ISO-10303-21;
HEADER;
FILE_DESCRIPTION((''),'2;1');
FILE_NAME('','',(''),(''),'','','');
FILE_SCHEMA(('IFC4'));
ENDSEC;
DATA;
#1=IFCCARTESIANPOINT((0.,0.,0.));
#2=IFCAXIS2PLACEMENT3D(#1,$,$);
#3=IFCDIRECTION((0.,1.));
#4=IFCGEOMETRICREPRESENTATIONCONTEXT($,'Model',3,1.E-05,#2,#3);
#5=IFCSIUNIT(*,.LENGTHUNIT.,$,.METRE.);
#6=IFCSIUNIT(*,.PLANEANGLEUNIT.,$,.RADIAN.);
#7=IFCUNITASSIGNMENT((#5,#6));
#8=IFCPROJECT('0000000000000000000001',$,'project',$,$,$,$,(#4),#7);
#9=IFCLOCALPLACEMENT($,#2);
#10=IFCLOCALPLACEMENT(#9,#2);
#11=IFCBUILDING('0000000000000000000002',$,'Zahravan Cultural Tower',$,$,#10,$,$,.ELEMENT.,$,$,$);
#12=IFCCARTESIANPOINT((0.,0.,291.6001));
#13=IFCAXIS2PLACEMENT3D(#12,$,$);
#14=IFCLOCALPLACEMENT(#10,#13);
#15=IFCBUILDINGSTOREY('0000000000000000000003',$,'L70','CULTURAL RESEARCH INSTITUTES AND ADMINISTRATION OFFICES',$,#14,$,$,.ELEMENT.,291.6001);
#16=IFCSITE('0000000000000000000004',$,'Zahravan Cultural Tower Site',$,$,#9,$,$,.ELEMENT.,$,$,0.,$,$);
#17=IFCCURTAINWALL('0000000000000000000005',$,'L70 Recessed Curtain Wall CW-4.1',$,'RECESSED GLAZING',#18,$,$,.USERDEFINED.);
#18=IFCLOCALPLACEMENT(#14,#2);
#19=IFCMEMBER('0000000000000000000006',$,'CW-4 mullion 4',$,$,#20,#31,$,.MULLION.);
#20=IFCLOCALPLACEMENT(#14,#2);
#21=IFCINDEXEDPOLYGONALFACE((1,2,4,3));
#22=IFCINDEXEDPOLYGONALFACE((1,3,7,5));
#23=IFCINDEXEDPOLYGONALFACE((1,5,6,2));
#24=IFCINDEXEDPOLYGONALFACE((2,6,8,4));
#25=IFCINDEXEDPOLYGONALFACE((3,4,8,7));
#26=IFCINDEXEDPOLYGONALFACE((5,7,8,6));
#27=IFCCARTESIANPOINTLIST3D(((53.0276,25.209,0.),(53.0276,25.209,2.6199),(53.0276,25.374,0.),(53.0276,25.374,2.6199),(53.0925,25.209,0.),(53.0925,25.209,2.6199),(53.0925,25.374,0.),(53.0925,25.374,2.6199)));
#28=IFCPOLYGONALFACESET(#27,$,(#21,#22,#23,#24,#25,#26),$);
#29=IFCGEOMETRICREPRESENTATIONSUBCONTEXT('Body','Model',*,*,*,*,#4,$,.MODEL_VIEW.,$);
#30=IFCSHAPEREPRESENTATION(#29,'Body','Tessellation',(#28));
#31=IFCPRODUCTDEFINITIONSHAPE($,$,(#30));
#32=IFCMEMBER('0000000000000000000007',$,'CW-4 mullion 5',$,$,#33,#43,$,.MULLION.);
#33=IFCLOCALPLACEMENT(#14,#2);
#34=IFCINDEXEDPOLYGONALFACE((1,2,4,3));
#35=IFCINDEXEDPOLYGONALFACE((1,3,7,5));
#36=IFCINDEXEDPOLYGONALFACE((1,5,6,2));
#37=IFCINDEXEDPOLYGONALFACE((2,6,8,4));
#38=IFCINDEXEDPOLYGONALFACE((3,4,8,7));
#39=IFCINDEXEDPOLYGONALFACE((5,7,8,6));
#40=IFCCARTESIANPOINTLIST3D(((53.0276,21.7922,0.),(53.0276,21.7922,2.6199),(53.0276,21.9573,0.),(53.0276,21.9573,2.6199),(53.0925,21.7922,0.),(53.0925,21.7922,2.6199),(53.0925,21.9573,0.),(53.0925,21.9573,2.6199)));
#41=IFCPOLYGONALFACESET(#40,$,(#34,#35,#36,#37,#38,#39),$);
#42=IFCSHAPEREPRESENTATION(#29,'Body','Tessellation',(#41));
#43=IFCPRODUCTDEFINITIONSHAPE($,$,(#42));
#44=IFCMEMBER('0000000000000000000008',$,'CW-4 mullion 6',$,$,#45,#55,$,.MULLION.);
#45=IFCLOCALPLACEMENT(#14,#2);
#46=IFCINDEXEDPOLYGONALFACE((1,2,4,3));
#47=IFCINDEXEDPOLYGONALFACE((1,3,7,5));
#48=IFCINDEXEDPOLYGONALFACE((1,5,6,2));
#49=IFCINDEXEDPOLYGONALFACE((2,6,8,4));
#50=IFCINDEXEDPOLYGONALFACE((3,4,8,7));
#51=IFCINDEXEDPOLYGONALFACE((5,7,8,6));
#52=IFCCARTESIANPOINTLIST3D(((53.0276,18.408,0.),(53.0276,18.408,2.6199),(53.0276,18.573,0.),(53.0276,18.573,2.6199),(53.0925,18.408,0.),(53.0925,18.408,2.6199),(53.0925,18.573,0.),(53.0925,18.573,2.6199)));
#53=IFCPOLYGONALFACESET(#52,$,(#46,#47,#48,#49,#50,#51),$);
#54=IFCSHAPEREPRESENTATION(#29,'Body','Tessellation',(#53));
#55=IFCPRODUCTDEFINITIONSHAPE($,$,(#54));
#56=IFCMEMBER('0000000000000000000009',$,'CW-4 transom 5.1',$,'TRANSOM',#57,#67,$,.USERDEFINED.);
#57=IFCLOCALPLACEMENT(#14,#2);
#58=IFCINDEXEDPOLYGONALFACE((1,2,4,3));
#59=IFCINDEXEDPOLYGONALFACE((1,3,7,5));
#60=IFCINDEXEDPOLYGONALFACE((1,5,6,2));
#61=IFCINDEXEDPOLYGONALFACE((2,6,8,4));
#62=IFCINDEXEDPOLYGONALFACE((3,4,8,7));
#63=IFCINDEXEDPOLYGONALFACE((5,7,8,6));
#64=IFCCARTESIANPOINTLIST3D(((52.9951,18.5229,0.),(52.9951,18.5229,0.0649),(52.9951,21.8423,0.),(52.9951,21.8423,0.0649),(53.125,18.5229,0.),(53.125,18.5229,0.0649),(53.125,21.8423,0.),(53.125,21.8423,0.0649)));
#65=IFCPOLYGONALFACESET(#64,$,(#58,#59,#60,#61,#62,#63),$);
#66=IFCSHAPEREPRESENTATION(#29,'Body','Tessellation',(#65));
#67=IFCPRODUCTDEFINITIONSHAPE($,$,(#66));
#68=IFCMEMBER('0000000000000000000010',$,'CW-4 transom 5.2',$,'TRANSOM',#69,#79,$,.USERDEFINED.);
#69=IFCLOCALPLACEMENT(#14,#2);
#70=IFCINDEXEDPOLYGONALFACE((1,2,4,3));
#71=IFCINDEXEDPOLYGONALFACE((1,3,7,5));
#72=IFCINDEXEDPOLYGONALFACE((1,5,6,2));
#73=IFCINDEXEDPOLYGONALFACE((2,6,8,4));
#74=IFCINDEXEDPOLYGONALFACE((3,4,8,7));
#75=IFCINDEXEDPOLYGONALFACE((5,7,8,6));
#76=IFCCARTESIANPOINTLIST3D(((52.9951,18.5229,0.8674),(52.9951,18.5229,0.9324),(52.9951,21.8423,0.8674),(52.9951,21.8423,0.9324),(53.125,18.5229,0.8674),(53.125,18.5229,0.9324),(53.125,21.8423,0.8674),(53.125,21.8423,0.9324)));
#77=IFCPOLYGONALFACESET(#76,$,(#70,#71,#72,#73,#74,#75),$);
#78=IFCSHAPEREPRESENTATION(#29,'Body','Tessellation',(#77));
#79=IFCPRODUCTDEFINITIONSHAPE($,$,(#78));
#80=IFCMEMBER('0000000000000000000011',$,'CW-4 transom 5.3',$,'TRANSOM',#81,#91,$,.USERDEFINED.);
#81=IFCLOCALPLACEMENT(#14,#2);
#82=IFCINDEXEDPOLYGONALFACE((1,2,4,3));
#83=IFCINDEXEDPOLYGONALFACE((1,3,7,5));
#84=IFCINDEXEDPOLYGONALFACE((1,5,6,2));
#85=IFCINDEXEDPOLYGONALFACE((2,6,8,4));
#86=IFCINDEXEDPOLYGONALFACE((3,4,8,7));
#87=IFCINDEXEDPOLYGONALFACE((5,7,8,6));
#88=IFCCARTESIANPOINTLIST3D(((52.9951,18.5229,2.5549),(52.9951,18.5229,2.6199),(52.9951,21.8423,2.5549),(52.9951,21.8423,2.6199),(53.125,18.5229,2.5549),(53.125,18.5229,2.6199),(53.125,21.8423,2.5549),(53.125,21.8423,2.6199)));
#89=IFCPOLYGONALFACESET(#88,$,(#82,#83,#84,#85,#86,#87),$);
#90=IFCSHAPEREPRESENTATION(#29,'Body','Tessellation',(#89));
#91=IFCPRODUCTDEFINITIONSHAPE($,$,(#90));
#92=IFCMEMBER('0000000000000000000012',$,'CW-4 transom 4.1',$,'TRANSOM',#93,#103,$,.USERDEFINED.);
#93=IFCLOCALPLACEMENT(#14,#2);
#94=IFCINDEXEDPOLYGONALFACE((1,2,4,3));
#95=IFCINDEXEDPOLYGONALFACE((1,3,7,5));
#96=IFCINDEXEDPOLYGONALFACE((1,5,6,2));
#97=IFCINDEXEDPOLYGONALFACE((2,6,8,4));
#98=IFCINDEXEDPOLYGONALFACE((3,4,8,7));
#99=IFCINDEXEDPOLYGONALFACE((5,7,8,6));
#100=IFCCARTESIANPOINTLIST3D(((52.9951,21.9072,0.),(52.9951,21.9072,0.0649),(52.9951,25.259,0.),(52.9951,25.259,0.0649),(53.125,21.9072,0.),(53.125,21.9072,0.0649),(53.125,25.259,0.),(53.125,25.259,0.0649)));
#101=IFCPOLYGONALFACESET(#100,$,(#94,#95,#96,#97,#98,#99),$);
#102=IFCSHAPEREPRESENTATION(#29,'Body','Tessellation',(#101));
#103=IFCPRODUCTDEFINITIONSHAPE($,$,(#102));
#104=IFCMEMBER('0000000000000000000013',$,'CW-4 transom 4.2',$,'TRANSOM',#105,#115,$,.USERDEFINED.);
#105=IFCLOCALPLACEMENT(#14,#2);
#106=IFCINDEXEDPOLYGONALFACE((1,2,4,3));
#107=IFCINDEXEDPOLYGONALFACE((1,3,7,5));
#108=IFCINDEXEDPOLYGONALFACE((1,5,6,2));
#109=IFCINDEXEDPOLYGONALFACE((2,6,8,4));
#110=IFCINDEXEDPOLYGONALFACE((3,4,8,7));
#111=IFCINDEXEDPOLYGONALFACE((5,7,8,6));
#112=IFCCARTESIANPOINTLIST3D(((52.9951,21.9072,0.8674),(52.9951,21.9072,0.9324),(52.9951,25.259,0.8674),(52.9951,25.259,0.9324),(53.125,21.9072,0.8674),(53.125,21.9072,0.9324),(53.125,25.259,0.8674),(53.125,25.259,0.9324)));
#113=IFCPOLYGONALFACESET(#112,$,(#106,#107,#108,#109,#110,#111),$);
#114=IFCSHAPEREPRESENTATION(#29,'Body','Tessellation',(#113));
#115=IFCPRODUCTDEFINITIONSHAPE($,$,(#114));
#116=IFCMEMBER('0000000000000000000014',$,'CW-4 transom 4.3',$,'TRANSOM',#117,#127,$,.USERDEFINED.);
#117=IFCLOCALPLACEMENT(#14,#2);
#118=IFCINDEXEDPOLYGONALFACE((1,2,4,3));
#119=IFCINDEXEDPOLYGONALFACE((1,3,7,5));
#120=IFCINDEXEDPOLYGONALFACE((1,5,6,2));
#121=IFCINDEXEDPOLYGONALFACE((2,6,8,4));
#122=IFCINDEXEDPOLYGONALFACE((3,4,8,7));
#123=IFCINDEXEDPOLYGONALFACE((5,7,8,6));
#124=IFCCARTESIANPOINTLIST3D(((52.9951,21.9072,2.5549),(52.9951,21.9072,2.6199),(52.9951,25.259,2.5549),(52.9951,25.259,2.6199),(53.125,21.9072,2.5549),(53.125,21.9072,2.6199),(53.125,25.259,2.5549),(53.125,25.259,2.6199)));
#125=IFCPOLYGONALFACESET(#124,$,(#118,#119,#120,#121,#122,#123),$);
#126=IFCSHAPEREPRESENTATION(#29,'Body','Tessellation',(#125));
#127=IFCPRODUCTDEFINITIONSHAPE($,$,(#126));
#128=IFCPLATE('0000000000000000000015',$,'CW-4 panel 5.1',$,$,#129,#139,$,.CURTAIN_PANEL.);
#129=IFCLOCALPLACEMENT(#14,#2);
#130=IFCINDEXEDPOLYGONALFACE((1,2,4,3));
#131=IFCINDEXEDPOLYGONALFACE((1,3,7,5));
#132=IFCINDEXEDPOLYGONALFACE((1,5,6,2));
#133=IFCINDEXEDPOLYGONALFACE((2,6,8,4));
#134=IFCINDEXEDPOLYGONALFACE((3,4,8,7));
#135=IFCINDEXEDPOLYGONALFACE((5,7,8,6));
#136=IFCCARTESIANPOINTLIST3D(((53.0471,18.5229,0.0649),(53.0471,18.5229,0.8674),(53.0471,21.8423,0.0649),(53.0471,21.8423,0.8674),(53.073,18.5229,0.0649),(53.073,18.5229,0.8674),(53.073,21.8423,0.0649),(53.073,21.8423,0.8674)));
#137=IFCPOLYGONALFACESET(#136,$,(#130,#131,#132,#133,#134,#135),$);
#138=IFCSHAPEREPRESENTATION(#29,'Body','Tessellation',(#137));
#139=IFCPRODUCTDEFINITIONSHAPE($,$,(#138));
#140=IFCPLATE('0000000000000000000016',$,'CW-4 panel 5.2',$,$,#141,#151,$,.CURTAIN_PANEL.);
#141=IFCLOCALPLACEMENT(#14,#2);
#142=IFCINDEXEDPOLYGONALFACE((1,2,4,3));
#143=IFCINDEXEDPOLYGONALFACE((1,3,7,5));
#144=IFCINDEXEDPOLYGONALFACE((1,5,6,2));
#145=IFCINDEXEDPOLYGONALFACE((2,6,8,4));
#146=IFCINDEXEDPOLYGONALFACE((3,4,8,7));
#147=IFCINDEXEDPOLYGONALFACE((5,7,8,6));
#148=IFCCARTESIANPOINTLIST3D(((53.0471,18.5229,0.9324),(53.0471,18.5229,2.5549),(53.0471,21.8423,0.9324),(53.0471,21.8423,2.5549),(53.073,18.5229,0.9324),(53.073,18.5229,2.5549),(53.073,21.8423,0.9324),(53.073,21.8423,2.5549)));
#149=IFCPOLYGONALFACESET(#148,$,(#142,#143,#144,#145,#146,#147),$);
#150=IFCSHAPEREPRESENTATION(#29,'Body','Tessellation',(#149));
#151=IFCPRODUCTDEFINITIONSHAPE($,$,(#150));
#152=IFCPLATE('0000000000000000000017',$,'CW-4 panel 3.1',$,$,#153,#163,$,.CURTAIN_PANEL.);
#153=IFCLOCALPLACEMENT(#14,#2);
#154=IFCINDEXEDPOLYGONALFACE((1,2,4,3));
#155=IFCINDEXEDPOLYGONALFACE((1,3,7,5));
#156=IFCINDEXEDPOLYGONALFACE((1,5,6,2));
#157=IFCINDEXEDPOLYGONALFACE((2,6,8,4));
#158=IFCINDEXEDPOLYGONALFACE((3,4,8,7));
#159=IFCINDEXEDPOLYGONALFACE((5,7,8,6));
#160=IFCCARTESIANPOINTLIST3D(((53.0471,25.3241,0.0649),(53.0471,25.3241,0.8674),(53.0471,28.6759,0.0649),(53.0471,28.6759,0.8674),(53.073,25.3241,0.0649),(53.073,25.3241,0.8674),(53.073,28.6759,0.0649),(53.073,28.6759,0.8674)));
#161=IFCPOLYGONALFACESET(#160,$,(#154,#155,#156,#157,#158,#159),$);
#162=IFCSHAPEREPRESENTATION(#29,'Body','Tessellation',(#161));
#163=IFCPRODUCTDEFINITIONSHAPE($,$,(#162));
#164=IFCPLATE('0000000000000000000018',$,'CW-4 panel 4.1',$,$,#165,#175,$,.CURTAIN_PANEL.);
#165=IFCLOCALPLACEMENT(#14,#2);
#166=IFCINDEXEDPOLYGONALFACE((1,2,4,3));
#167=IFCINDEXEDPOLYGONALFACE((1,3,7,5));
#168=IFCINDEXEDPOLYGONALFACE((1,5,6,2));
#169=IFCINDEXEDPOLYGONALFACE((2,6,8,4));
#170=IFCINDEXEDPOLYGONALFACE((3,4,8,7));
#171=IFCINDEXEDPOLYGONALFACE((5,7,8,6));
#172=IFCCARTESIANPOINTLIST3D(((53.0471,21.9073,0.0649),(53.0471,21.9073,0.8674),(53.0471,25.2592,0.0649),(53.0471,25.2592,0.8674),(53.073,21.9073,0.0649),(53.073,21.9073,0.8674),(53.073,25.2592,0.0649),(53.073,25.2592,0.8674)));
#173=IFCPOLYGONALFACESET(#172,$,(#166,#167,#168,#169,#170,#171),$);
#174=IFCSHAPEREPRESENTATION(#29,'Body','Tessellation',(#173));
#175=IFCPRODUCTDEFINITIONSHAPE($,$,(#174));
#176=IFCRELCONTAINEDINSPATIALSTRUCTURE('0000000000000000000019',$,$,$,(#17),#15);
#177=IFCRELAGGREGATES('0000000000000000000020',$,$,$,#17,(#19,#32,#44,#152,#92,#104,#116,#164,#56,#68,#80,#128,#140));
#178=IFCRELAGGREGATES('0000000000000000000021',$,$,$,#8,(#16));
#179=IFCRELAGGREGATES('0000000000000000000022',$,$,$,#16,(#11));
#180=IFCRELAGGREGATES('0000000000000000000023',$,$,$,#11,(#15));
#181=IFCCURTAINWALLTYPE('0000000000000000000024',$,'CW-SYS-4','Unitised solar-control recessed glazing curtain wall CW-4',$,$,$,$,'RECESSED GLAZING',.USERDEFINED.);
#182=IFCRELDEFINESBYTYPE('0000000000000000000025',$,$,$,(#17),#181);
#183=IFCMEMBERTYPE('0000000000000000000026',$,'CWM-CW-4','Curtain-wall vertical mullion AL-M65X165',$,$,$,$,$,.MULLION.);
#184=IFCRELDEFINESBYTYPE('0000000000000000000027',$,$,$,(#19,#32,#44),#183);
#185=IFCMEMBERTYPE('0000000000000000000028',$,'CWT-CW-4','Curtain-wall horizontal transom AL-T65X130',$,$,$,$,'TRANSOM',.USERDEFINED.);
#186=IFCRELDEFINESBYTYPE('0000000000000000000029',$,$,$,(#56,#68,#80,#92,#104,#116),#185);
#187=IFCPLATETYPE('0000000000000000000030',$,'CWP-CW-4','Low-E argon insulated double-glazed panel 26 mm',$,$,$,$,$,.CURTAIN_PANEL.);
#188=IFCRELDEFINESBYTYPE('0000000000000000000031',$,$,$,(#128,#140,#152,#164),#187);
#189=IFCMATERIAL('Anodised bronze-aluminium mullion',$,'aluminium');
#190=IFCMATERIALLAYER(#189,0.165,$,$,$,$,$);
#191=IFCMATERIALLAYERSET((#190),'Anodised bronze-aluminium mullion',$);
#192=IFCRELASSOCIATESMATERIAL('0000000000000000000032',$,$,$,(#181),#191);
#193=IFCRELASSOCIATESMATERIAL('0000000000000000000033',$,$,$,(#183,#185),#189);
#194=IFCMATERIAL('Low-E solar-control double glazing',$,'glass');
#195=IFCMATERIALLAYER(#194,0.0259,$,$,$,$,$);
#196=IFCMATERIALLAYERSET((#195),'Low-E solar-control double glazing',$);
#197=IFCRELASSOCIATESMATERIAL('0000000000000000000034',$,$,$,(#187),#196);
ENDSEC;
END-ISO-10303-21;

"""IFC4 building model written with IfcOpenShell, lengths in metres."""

from ifc_helpers import new_model, si_unit, direction, frame, origin, origin_2d, place, context, subcontext, project, spatial, rectangle, extrude, source, transform, mapped, material, layer, layer_set, material_profile, profile_set, type_object, element, aggregate, save


model = new_model("IFC4")

# Units and contexts
model_context = context("Model", 3, precision=1e-05, world=origin(), true_north=direction((0.0, 1.0)))
body_context = subcontext(model_context, "Body", "Model", "MODEL_VIEW")
ifc_project = project(units=[si_unit("LENGTHUNIT", "METRE"), si_unit("PLANEANGLEUNIT", "RADIAN")], contexts=[model_context])

# Site, building, storey
site_placement = place(None, origin())
site = spatial("IfcSite", under=ifc_project, at=site_placement, Name="Zahravan Cultural Tower Site", CompositionType="ELEMENT", RefElevation=0.0)
building_placement = place(site_placement, origin())
building = spatial("IfcBuilding", under=site, at=building_placement, Name="Zahravan Cultural Tower", CompositionType="ELEMENT")
storey_placement = place(building_placement, frame((0.0, 0.0, 291.6001)))
storey = spatial("IfcBuildingStorey", under=building, at=storey_placement, Name="L70", Description="CULTURAL RESEARCH INSTITUTES AND ADMINISTRATION OFFICES", CompositionType="ELEMENT", Elevation=291.6001)

# Curtain wall, members, plates
ifc_material_1 = material(Name="Anodised bronze-aluminium mullion", Category="aluminium")
ifc_layer_1 = layer(ifc_material_1, 0.165)
ifc_layer_set_1 = layer_set([ifc_layer_1], Name="Anodised bronze-aluminium mullion")
curtain_wall_type = type_object("IfcCurtainWallType", Name="CW-SYS-4", Description="Unitised solar-control recessed glazing curtain wall CW-4", ElementType="RECESSED GLAZING", PredefinedType="USERDEFINED", material=ifc_layer_set_1)
curtain_wall_placement = place(storey_placement, origin())
curtain_wall = element("IfcCurtainWall", 1, at=curtain_wall_placement, inside=storey, type_object=curtain_wall_type, Name="L70 Recessed Curtain Wall CW-4.1", ObjectType="RECESSED GLAZING", PredefinedType="USERDEFINED")
ifc_material_profile_1 = material_profile(ifc_material_1, rectangle(XDim=0.0649, YDim=0.165, at=origin_2d()), Name="AL-M65X165")
ifc_profile_set_1 = profile_set([ifc_material_profile_1], Name="Anodised bronze-aluminium mullion")
member_type_1 = type_object("IfcMemberType", Name="CWM-CW-4", Description="Curtain-wall vertical mullion AL-M65X165", PredefinedType="MULLION", material=ifc_profile_set_1)
shared_shape_1 = source(origin(), body_context, "Body", "SweptSolid", [
    extrude(rectangle(XDim=0.0649, YDim=0.165, at=origin_2d()), origin(), (0.0, 0.0, 1.0), 2.6199),
])
member_1_placement = place(storey_placement, frame((53.0601, 25.2915, 0.0), z_axis=(0.0, 0.0, 1.0), x_axis=(1.0, 0.0, 0.0)))
member_1 = element("IfcMember", 2, at=member_1_placement, type_object=member_type_1, Name="CW-4 mullion 4", PredefinedType="MULLION", context=body_context, shape_type="MappedRepresentation", body=[
    mapped(shared_shape_1, transform((0.0, 0.0, 0.0), x_axis=(1.0, 0.0, 0.0), y_axis=(0.0, 1.0, 0.0), z_axis=(0.0, 0.0, 1.0), scale=1.0)),
])
member_2_placement = place(storey_placement, frame((53.0601, 21.8748, 0.0), z_axis=(0.0, 0.0, 1.0), x_axis=(1.0, 0.0, 0.0)))
member_2 = element("IfcMember", 3, at=member_2_placement, type_object=member_type_1, Name="CW-4 mullion 5", PredefinedType="MULLION", context=body_context, shape_type="MappedRepresentation", body=[
    mapped(shared_shape_1, transform((0.0, 0.0, 0.0), x_axis=(1.0, 0.0, 0.0), y_axis=(0.0, 1.0, 0.0), z_axis=(0.0, 0.0, 1.0), scale=1.0)),
])
member_3_placement = place(storey_placement, frame((53.0601, 18.4905, 0.0), z_axis=(0.0, 0.0, 1.0), x_axis=(1.0, 0.0, 0.0)))
member_3 = element("IfcMember", 4, at=member_3_placement, type_object=member_type_1, Name="CW-4 mullion 6", PredefinedType="MULLION", context=body_context, shape_type="MappedRepresentation", body=[
    mapped(shared_shape_1, transform((0.0, 0.0, 0.0), x_axis=(1.0, 0.0, 0.0), y_axis=(0.0, 1.0, 0.0), z_axis=(0.0, 0.0, 1.0), scale=1.0)),
])
ifc_material_profile_2 = material_profile(ifc_material_1, rectangle(XDim=0.1299, YDim=0.0649, at=origin_2d()), Name="AL-T65X130")
ifc_profile_set_2 = profile_set([ifc_material_profile_2], Name="Anodised bronze-aluminium mullion")
member_type_2 = type_object("IfcMemberType", Name="CWT-CW-4", Description="Curtain-wall horizontal transom AL-T65X130", ElementType="TRANSOM", PredefinedType="USERDEFINED", material=ifc_profile_set_2)
shared_shape_2 = source(origin(), body_context, "Body", "SweptSolid", [
    extrude(rectangle(XDim=0.1299, YDim=0.0649, at=origin_2d()), origin(), (0.0, 0.0, 1.0), 3.3193),
])
member_4_placement = place(storey_placement, frame((53.0601, 21.8423, 0.0325), z_axis=(0.0, -1.0, 0.0), x_axis=(1.0, 0.0, 0.0)))
member_4 = element("IfcMember", 5, at=member_4_placement, type_object=member_type_2, Name="CW-4 transom 5.1", ObjectType="TRANSOM", PredefinedType="USERDEFINED", context=body_context, shape_type="MappedRepresentation", body=[
    mapped(shared_shape_2, transform((0.0, 0.0, 0.0), x_axis=(1.0, 0.0, 0.0), y_axis=(0.0, 1.0, 0.0), z_axis=(0.0, 0.0, 1.0), scale=1.0)),
])
member_5_placement = place(storey_placement, frame((53.0601, 21.8423, 0.8999), z_axis=(0.0, -1.0, 0.0), x_axis=(1.0, 0.0, 0.0)))
member_5 = element("IfcMember", 6, at=member_5_placement, type_object=member_type_2, Name="CW-4 transom 5.2", ObjectType="TRANSOM", PredefinedType="USERDEFINED", context=body_context, shape_type="MappedRepresentation", body=[
    mapped(shared_shape_2, transform((0.0, 0.0, 0.0), x_axis=(1.0, 0.0, 0.0), y_axis=(0.0, 1.0, 0.0), z_axis=(0.0, 0.0, 1.0), scale=1.0)),
])
member_6_placement = place(storey_placement, frame((53.0601, 21.8423, 2.5874), z_axis=(0.0, -1.0, 0.0), x_axis=(1.0, 0.0, 0.0)))
member_6 = element("IfcMember", 7, at=member_6_placement, type_object=member_type_2, Name="CW-4 transom 5.3", ObjectType="TRANSOM", PredefinedType="USERDEFINED", context=body_context, shape_type="MappedRepresentation", body=[
    mapped(shared_shape_2, transform((0.0, 0.0, 0.0), x_axis=(1.0, 0.0, 0.0), y_axis=(0.0, 1.0, 0.0), z_axis=(0.0, 0.0, 1.0), scale=1.0)),
])
shared_shape_3 = source(origin(), body_context, "Body", "SweptSolid", [
    extrude(rectangle(XDim=0.1299, YDim=0.0649, at=origin_2d()), origin(), (0.0, 0.0, 1.0), 3.3518),
])
member_7_placement = place(storey_placement, frame((53.0601, 25.259, 0.0325), z_axis=(0.0, -1.0, 0.0), x_axis=(1.0, 0.0, 0.0)))
member_7 = element("IfcMember", 8, at=member_7_placement, type_object=member_type_2, Name="CW-4 transom 4.1", ObjectType="TRANSOM", PredefinedType="USERDEFINED", context=body_context, shape_type="MappedRepresentation", body=[
    mapped(shared_shape_3, transform((0.0, 0.0, 0.0), x_axis=(1.0, 0.0, 0.0), y_axis=(0.0, 1.0, 0.0), z_axis=(0.0, 0.0, 1.0), scale=1.0)),
])
member_8_placement = place(storey_placement, frame((53.0601, 25.259, 0.8999), z_axis=(0.0, -1.0, 0.0), x_axis=(1.0, 0.0, 0.0)))
member_8 = element("IfcMember", 9, at=member_8_placement, type_object=member_type_2, Name="CW-4 transom 4.2", ObjectType="TRANSOM", PredefinedType="USERDEFINED", context=body_context, shape_type="MappedRepresentation", body=[
    mapped(shared_shape_3, transform((0.0, 0.0, 0.0), x_axis=(1.0, 0.0, 0.0), y_axis=(0.0, 1.0, 0.0), z_axis=(0.0, 0.0, 1.0), scale=1.0)),
])
member_9_placement = place(storey_placement, frame((53.0601, 25.259, 2.5874), z_axis=(0.0, -1.0, 0.0), x_axis=(1.0, 0.0, 0.0)))
member_9 = element("IfcMember", 10, at=member_9_placement, type_object=member_type_2, Name="CW-4 transom 4.3", ObjectType="TRANSOM", PredefinedType="USERDEFINED", context=body_context, shape_type="MappedRepresentation", body=[
    mapped(shared_shape_3, transform((0.0, 0.0, 0.0), x_axis=(1.0, 0.0, 0.0), y_axis=(0.0, 1.0, 0.0), z_axis=(0.0, 0.0, 1.0), scale=1.0)),
])
ifc_material_2 = material(Name="Low-E solar-control double glazing", Category="glass")
ifc_layer_2 = layer(ifc_material_2, 0.0259)
ifc_layer_set_2 = layer_set([ifc_layer_2], Name="Low-E solar-control double glazing")
plate_type = type_object("IfcPlateType", Name="CWP-CW-4", Description="Low-E argon insulated double-glazed panel 26 mm", PredefinedType="CURTAIN_PANEL", material=ifc_layer_set_2)
shared_shape_4 = source(origin(), body_context, "Body", "SweptSolid", [
    extrude(rectangle(XDim=3.3193, YDim=0.0259, at=origin_2d()), origin(), (0.0, 0.0, 1.0), 0.8025),
])
plate_1_placement = place(storey_placement, frame((53.0601, 20.1826, 0.0649), z_axis=(0.0, 0.0, 1.0), x_axis=(0.0, -1.0, 0.0)))
plate_1 = element("IfcPlate", 11, at=plate_1_placement, type_object=plate_type, Name="CW-4 panel 5.1", PredefinedType="CURTAIN_PANEL", context=body_context, shape_type="MappedRepresentation", body=[
    mapped(shared_shape_4, transform((0.0, 0.0, 0.0), x_axis=(1.0, 0.0, 0.0), y_axis=(0.0, 1.0, 0.0), z_axis=(0.0, 0.0, 1.0), scale=1.0)),
])
shared_shape_5 = source(origin(), body_context, "Body", "SweptSolid", [
    extrude(rectangle(XDim=3.3193, YDim=0.0259, at=origin_2d()), origin(), (0.0, 0.0, 1.0), 1.6226),
])
plate_2_placement = place(storey_placement, frame((53.0601, 20.1826, 0.9324), z_axis=(0.0, 0.0, 1.0), x_axis=(0.0, -1.0, 0.0)))
plate_2 = element("IfcPlate", 12, at=plate_2_placement, type_object=plate_type, Name="CW-4 panel 5.2", PredefinedType="CURTAIN_PANEL", context=body_context, shape_type="MappedRepresentation", body=[
    mapped(shared_shape_5, transform((0.0, 0.0, 0.0), x_axis=(1.0, 0.0, 0.0), y_axis=(0.0, 1.0, 0.0), z_axis=(0.0, 0.0, 1.0), scale=1.0)),
])
shared_shape_6 = source(origin(), body_context, "Body", "SweptSolid", [
    extrude(rectangle(XDim=3.3518, YDim=0.0259, at=origin_2d()), origin(), (0.0, 0.0, 1.0), 0.8025),
])
plate_3_placement = place(storey_placement, frame((53.0601, 27.0, 0.0649), z_axis=(0.0, 0.0, 1.0), x_axis=(0.0, -1.0, 0.0)))
plate_3 = element("IfcPlate", 13, at=plate_3_placement, type_object=plate_type, Name="CW-4 panel 3.1", PredefinedType="CURTAIN_PANEL", context=body_context, shape_type="MappedRepresentation", body=[
    mapped(shared_shape_6, transform((0.0, 0.0, 0.0), x_axis=(1.0, 0.0, 0.0), y_axis=(0.0, 1.0, 0.0), z_axis=(0.0, 0.0, 1.0), scale=1.0)),
])
plate_4_placement = place(storey_placement, frame((53.0601, 23.5833, 0.0649), z_axis=(0.0, 0.0, 1.0), x_axis=(0.0, -1.0, 0.0)))
plate_4 = element("IfcPlate", 14, at=plate_4_placement, type_object=plate_type, Name="CW-4 panel 4.1", PredefinedType="CURTAIN_PANEL", context=body_context, shape_type="MappedRepresentation", body=[
    mapped(shared_shape_6, transform((0.0, 0.0, 0.0), x_axis=(1.0, 0.0, 0.0), y_axis=(0.0, 1.0, 0.0), z_axis=(0.0, 0.0, 1.0), scale=1.0)),
])
aggregate(curtain_wall, [member_1, member_2, member_3, plate_3, member_7, member_8, member_9, plate_4, member_4, member_5, member_6, plate_1, plate_2])

save(model, "model.ifc")
